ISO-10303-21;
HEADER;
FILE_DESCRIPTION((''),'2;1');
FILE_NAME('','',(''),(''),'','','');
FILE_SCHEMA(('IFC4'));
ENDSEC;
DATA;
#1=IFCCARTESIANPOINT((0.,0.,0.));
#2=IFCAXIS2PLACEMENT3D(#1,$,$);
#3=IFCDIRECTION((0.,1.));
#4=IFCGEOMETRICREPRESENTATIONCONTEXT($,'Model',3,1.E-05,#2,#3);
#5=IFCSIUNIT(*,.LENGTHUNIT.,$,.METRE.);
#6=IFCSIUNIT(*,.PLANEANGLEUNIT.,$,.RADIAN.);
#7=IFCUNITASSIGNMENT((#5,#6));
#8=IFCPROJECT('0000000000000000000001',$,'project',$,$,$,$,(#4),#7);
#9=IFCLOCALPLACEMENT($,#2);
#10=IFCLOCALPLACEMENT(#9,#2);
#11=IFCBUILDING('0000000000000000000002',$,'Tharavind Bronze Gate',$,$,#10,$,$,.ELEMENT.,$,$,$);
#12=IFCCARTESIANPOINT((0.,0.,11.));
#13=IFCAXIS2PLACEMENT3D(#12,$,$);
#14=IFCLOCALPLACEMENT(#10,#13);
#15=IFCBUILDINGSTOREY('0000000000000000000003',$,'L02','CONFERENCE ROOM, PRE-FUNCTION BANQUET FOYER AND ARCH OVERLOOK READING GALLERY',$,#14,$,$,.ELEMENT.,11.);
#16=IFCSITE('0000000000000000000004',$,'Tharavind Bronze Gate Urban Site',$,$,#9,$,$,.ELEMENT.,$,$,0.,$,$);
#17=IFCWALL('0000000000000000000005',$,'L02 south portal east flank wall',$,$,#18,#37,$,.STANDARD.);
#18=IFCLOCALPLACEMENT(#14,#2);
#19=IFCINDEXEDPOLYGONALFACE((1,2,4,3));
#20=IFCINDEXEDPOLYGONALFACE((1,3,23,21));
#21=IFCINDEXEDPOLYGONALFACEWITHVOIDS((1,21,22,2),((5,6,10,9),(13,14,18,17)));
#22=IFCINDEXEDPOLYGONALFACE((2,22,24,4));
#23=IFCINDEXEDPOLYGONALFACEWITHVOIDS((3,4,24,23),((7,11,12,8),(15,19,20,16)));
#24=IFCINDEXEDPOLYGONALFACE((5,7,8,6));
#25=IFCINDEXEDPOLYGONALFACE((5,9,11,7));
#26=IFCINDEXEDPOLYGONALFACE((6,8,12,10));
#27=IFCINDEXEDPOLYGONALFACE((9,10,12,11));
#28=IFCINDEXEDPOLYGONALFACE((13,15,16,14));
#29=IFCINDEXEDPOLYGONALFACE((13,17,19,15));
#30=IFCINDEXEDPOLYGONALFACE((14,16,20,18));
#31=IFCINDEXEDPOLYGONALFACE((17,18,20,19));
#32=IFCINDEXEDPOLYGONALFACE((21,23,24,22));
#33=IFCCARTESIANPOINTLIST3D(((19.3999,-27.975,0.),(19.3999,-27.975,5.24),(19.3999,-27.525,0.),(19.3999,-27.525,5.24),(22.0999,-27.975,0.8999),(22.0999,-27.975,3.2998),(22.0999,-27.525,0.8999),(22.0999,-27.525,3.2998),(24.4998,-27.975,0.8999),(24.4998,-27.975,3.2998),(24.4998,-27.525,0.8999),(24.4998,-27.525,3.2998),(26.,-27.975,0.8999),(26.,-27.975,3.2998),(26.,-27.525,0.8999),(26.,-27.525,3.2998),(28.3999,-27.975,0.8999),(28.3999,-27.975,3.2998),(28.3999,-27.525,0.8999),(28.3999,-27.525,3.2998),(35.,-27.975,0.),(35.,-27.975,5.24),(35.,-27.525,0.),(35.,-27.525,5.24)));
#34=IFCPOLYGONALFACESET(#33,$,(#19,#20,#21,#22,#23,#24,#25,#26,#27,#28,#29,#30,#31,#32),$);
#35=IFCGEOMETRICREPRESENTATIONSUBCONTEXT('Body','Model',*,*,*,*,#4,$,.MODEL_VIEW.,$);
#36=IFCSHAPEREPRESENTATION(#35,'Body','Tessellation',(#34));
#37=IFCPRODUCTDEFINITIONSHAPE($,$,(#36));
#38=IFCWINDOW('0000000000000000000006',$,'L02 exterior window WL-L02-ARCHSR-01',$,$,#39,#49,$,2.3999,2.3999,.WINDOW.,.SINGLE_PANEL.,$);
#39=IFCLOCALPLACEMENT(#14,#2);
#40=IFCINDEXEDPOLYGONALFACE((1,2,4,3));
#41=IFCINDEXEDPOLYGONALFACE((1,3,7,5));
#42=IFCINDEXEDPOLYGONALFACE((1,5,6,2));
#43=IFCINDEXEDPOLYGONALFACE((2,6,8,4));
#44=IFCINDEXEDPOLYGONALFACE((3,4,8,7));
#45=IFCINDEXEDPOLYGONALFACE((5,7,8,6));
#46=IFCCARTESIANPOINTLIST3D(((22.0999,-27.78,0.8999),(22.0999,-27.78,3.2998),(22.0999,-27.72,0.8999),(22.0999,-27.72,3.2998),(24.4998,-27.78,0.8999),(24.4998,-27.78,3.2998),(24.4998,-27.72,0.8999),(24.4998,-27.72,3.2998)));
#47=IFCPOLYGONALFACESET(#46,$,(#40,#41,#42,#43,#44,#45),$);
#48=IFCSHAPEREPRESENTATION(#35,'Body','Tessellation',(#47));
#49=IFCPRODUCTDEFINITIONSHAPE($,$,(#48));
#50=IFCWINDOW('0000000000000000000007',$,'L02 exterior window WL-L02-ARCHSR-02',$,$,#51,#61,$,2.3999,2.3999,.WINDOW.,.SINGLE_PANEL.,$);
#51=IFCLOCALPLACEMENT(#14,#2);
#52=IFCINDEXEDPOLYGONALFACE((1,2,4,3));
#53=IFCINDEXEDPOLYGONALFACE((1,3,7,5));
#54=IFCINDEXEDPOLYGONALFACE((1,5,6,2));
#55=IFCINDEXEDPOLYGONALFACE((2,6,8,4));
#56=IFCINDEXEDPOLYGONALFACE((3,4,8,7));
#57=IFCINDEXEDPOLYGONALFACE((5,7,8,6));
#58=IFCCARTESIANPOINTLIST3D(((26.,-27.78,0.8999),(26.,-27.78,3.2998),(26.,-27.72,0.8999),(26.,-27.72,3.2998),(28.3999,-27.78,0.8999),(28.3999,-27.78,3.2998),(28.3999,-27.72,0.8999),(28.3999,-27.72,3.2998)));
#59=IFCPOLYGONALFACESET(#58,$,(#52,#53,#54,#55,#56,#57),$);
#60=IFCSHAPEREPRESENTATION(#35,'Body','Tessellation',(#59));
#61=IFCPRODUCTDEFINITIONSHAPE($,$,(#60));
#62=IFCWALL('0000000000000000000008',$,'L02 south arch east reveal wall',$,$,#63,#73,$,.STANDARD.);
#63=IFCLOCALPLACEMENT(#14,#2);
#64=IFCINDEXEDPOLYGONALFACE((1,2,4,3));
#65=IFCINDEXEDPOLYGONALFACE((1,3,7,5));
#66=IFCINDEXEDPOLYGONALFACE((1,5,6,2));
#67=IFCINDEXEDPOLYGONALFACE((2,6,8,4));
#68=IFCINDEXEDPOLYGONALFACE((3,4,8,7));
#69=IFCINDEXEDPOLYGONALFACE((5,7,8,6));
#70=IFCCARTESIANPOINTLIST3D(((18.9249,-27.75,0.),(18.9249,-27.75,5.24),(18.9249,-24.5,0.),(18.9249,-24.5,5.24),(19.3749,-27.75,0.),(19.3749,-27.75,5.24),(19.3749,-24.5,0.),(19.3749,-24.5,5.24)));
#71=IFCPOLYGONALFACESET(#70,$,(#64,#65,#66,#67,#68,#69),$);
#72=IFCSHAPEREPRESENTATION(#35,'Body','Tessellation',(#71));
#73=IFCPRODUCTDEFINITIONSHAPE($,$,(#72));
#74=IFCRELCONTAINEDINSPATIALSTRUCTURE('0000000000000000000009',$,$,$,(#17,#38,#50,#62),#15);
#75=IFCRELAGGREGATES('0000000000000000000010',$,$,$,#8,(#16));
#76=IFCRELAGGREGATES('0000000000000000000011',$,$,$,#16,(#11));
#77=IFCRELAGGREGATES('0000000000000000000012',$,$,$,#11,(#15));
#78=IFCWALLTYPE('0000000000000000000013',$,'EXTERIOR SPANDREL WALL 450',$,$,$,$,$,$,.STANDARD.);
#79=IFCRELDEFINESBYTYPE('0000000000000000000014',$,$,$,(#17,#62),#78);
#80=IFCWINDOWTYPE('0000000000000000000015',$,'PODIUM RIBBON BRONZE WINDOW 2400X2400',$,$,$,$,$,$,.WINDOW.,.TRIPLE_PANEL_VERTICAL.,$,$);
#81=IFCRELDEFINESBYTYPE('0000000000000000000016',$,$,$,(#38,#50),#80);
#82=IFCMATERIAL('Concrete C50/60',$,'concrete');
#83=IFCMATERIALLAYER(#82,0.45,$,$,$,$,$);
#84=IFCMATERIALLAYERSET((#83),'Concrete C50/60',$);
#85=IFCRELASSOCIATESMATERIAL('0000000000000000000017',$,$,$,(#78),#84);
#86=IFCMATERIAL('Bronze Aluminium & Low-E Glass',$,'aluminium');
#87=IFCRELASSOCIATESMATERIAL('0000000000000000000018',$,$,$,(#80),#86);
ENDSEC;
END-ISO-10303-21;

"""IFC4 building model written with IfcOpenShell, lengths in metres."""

from ifc_helpers import new_model, si_unit, direction, frame, frame_2d, origin, place, context, subcontext, project, spatial, rectangle, extrude, material, layer, layer_set, type_object, element, fill, save


model = new_model("IFC4")

# Units and contexts
model_context = context("Model", 3, precision=1e-05, world=origin(), true_north=direction((0.0, 1.0)))
body_context = subcontext(model_context, "Body", "Model", "MODEL_VIEW")
ifc_project = project(units=[si_unit("LENGTHUNIT", "METRE"), si_unit("PLANEANGLEUNIT", "RADIAN")], contexts=[model_context])

# Site, building, storey
site_placement = place(None, origin())
site = spatial("IfcSite", under=ifc_project, at=site_placement, Name="Tharavind Bronze Gate Urban Site", CompositionType="ELEMENT", RefElevation=0.0)
building_placement = place(site_placement, origin())
building = spatial("IfcBuilding", under=site, at=building_placement, Name="Tharavind Bronze Gate", CompositionType="ELEMENT")
storey_placement = place(building_placement, frame((0.0, 0.0, 11.0)))
storey = spatial("IfcBuildingStorey", under=building, at=storey_placement, Name="L02", Description="CONFERENCE ROOM, PRE-FUNCTION BANQUET FOYER AND ARCH OVERLOOK READING GALLERY", CompositionType="ELEMENT", Elevation=11.0)

# Wall, openings, windows
ifc_material_1 = material(Name="Bronze Aluminium & Low-E Glass", Category="aluminium")
ifc_material_2 = material(Name="Concrete C50/60", Category="concrete")
ifc_layer_1 = layer(ifc_material_2, 0.45)
ifc_layer_set_1 = layer_set([ifc_layer_1], Name="Concrete C50/60")
wall_type_1 = type_object("IfcWallType", Name="EXTERIOR SPANDREL WALL 450", PredefinedType="STANDARD", material=ifc_layer_set_1)
wall_1_placement = place(storey_placement, frame((19.3999, -27.75, 0.0), z_axis=(0.0, 0.0, 1.0), x_axis=(1.0, 0.0, 0.0)))
wall_1 = element("IfcWall", 1, at=wall_1_placement, inside=storey, type_object=wall_type_1, Name="L02 south portal east flank wall", PredefinedType="STANDARD", context=body_context, shape_type="SweptSolid", body=[
    extrude(rectangle(XDim=15.6001, YDim=0.45, at=frame_2d((7.8, 0.0))), origin(), (0.0, 0.0, 1.0), 5.24),
])
opening_1_placement = place(wall_1_placement, frame((2.7, 0.0, 0.8999)))
opening_1 = element("IfcOpeningElement", 2, at=opening_1_placement, cuts=wall_1, PredefinedType="OPENING", context=body_context, shape_type="SweptSolid", body=[
    extrude(rectangle(XDim=2.3999, YDim=2.3999, at=frame_2d((1.2, 1.2))), frame((0.0, 0.2351, 0.0), z_axis=(0.0, -1.0, 0.0), x_axis=(1.0, 0.0, 0.0)), (0.0, 0.0, 1.0), 0.47),
])
opening_2_placement = place(wall_1_placement, frame((6.6001, 0.0, 0.8999)))
opening_2 = element("IfcOpeningElement", 3, at=opening_2_placement, cuts=wall_1, PredefinedType="OPENING", context=body_context, shape_type="SweptSolid", body=[
    extrude(rectangle(XDim=2.3999, YDim=2.3999, at=frame_2d((1.2, 1.2))), frame((0.0, 0.2351, 0.0), z_axis=(0.0, -1.0, 0.0), x_axis=(1.0, 0.0, 0.0)), (0.0, 0.0, 1.0), 0.47),
])
window_type_1 = type_object("IfcWindowType", Name="PODIUM RIBBON BRONZE WINDOW 2400X2400", PartitioningType="TRIPLE_PANEL_VERTICAL", PredefinedType="WINDOW", material=ifc_material_1)
window_1_placement = place(opening_1_placement, origin())
window_1 = element("IfcWindow", 4, at=window_1_placement, inside=storey, type_object=window_type_1, Name="L02 exterior window WL-L02-ARCHSR-01", OverallHeight=2.3999, OverallWidth=2.3999, PartitioningType="SINGLE_PANEL", PredefinedType="WINDOW", context=body_context, shape_type="SweptSolid", body=[
    extrude(rectangle(XDim=2.3999, YDim=2.3999, at=frame_2d((1.2, 1.2))), frame((0.0, 0.03, 0.0), z_axis=(0.0, -1.0, 0.0), x_axis=(1.0, 0.0, 0.0)), (0.0, 0.0, 1.0), 0.0601),
])
fill(opening_1, window_1)
window_2_placement = place(opening_2_placement, origin())
window_2 = element("IfcWindow", 5, at=window_2_placement, inside=storey, type_object=window_type_1, Name="L02 exterior window WL-L02-ARCHSR-02", OverallHeight=2.3999, OverallWidth=2.3999, PartitioningType="SINGLE_PANEL", PredefinedType="WINDOW", context=body_context, shape_type="SweptSolid", body=[
    extrude(rectangle(XDim=2.3999, YDim=2.3999, at=frame_2d((1.2, 1.2))), frame((0.0, 0.03, 0.0), z_axis=(0.0, -1.0, 0.0), x_axis=(1.0, 0.0, 0.0)), (0.0, 0.0, 1.0), 0.0601),
])
fill(opening_2, window_2)

# Wall
wall_2_placement = place(storey_placement, frame((19.1499, -24.5, 0.0), z_axis=(0.0, 0.0, 1.0), x_axis=(0.0, -1.0, 0.0)))
element("IfcWall", 6, at=wall_2_placement, inside=storey, type_object=wall_type_1, Name="L02 south arch east reveal wall", PredefinedType="STANDARD", context=body_context, shape_type="SweptSolid", body=[
    extrude(rectangle(XDim=3.25, YDim=0.45, at=frame_2d((1.625, 0.0))), origin(), (0.0, 0.0, 1.0), 5.24),
])

save(model, "model.ifc")
